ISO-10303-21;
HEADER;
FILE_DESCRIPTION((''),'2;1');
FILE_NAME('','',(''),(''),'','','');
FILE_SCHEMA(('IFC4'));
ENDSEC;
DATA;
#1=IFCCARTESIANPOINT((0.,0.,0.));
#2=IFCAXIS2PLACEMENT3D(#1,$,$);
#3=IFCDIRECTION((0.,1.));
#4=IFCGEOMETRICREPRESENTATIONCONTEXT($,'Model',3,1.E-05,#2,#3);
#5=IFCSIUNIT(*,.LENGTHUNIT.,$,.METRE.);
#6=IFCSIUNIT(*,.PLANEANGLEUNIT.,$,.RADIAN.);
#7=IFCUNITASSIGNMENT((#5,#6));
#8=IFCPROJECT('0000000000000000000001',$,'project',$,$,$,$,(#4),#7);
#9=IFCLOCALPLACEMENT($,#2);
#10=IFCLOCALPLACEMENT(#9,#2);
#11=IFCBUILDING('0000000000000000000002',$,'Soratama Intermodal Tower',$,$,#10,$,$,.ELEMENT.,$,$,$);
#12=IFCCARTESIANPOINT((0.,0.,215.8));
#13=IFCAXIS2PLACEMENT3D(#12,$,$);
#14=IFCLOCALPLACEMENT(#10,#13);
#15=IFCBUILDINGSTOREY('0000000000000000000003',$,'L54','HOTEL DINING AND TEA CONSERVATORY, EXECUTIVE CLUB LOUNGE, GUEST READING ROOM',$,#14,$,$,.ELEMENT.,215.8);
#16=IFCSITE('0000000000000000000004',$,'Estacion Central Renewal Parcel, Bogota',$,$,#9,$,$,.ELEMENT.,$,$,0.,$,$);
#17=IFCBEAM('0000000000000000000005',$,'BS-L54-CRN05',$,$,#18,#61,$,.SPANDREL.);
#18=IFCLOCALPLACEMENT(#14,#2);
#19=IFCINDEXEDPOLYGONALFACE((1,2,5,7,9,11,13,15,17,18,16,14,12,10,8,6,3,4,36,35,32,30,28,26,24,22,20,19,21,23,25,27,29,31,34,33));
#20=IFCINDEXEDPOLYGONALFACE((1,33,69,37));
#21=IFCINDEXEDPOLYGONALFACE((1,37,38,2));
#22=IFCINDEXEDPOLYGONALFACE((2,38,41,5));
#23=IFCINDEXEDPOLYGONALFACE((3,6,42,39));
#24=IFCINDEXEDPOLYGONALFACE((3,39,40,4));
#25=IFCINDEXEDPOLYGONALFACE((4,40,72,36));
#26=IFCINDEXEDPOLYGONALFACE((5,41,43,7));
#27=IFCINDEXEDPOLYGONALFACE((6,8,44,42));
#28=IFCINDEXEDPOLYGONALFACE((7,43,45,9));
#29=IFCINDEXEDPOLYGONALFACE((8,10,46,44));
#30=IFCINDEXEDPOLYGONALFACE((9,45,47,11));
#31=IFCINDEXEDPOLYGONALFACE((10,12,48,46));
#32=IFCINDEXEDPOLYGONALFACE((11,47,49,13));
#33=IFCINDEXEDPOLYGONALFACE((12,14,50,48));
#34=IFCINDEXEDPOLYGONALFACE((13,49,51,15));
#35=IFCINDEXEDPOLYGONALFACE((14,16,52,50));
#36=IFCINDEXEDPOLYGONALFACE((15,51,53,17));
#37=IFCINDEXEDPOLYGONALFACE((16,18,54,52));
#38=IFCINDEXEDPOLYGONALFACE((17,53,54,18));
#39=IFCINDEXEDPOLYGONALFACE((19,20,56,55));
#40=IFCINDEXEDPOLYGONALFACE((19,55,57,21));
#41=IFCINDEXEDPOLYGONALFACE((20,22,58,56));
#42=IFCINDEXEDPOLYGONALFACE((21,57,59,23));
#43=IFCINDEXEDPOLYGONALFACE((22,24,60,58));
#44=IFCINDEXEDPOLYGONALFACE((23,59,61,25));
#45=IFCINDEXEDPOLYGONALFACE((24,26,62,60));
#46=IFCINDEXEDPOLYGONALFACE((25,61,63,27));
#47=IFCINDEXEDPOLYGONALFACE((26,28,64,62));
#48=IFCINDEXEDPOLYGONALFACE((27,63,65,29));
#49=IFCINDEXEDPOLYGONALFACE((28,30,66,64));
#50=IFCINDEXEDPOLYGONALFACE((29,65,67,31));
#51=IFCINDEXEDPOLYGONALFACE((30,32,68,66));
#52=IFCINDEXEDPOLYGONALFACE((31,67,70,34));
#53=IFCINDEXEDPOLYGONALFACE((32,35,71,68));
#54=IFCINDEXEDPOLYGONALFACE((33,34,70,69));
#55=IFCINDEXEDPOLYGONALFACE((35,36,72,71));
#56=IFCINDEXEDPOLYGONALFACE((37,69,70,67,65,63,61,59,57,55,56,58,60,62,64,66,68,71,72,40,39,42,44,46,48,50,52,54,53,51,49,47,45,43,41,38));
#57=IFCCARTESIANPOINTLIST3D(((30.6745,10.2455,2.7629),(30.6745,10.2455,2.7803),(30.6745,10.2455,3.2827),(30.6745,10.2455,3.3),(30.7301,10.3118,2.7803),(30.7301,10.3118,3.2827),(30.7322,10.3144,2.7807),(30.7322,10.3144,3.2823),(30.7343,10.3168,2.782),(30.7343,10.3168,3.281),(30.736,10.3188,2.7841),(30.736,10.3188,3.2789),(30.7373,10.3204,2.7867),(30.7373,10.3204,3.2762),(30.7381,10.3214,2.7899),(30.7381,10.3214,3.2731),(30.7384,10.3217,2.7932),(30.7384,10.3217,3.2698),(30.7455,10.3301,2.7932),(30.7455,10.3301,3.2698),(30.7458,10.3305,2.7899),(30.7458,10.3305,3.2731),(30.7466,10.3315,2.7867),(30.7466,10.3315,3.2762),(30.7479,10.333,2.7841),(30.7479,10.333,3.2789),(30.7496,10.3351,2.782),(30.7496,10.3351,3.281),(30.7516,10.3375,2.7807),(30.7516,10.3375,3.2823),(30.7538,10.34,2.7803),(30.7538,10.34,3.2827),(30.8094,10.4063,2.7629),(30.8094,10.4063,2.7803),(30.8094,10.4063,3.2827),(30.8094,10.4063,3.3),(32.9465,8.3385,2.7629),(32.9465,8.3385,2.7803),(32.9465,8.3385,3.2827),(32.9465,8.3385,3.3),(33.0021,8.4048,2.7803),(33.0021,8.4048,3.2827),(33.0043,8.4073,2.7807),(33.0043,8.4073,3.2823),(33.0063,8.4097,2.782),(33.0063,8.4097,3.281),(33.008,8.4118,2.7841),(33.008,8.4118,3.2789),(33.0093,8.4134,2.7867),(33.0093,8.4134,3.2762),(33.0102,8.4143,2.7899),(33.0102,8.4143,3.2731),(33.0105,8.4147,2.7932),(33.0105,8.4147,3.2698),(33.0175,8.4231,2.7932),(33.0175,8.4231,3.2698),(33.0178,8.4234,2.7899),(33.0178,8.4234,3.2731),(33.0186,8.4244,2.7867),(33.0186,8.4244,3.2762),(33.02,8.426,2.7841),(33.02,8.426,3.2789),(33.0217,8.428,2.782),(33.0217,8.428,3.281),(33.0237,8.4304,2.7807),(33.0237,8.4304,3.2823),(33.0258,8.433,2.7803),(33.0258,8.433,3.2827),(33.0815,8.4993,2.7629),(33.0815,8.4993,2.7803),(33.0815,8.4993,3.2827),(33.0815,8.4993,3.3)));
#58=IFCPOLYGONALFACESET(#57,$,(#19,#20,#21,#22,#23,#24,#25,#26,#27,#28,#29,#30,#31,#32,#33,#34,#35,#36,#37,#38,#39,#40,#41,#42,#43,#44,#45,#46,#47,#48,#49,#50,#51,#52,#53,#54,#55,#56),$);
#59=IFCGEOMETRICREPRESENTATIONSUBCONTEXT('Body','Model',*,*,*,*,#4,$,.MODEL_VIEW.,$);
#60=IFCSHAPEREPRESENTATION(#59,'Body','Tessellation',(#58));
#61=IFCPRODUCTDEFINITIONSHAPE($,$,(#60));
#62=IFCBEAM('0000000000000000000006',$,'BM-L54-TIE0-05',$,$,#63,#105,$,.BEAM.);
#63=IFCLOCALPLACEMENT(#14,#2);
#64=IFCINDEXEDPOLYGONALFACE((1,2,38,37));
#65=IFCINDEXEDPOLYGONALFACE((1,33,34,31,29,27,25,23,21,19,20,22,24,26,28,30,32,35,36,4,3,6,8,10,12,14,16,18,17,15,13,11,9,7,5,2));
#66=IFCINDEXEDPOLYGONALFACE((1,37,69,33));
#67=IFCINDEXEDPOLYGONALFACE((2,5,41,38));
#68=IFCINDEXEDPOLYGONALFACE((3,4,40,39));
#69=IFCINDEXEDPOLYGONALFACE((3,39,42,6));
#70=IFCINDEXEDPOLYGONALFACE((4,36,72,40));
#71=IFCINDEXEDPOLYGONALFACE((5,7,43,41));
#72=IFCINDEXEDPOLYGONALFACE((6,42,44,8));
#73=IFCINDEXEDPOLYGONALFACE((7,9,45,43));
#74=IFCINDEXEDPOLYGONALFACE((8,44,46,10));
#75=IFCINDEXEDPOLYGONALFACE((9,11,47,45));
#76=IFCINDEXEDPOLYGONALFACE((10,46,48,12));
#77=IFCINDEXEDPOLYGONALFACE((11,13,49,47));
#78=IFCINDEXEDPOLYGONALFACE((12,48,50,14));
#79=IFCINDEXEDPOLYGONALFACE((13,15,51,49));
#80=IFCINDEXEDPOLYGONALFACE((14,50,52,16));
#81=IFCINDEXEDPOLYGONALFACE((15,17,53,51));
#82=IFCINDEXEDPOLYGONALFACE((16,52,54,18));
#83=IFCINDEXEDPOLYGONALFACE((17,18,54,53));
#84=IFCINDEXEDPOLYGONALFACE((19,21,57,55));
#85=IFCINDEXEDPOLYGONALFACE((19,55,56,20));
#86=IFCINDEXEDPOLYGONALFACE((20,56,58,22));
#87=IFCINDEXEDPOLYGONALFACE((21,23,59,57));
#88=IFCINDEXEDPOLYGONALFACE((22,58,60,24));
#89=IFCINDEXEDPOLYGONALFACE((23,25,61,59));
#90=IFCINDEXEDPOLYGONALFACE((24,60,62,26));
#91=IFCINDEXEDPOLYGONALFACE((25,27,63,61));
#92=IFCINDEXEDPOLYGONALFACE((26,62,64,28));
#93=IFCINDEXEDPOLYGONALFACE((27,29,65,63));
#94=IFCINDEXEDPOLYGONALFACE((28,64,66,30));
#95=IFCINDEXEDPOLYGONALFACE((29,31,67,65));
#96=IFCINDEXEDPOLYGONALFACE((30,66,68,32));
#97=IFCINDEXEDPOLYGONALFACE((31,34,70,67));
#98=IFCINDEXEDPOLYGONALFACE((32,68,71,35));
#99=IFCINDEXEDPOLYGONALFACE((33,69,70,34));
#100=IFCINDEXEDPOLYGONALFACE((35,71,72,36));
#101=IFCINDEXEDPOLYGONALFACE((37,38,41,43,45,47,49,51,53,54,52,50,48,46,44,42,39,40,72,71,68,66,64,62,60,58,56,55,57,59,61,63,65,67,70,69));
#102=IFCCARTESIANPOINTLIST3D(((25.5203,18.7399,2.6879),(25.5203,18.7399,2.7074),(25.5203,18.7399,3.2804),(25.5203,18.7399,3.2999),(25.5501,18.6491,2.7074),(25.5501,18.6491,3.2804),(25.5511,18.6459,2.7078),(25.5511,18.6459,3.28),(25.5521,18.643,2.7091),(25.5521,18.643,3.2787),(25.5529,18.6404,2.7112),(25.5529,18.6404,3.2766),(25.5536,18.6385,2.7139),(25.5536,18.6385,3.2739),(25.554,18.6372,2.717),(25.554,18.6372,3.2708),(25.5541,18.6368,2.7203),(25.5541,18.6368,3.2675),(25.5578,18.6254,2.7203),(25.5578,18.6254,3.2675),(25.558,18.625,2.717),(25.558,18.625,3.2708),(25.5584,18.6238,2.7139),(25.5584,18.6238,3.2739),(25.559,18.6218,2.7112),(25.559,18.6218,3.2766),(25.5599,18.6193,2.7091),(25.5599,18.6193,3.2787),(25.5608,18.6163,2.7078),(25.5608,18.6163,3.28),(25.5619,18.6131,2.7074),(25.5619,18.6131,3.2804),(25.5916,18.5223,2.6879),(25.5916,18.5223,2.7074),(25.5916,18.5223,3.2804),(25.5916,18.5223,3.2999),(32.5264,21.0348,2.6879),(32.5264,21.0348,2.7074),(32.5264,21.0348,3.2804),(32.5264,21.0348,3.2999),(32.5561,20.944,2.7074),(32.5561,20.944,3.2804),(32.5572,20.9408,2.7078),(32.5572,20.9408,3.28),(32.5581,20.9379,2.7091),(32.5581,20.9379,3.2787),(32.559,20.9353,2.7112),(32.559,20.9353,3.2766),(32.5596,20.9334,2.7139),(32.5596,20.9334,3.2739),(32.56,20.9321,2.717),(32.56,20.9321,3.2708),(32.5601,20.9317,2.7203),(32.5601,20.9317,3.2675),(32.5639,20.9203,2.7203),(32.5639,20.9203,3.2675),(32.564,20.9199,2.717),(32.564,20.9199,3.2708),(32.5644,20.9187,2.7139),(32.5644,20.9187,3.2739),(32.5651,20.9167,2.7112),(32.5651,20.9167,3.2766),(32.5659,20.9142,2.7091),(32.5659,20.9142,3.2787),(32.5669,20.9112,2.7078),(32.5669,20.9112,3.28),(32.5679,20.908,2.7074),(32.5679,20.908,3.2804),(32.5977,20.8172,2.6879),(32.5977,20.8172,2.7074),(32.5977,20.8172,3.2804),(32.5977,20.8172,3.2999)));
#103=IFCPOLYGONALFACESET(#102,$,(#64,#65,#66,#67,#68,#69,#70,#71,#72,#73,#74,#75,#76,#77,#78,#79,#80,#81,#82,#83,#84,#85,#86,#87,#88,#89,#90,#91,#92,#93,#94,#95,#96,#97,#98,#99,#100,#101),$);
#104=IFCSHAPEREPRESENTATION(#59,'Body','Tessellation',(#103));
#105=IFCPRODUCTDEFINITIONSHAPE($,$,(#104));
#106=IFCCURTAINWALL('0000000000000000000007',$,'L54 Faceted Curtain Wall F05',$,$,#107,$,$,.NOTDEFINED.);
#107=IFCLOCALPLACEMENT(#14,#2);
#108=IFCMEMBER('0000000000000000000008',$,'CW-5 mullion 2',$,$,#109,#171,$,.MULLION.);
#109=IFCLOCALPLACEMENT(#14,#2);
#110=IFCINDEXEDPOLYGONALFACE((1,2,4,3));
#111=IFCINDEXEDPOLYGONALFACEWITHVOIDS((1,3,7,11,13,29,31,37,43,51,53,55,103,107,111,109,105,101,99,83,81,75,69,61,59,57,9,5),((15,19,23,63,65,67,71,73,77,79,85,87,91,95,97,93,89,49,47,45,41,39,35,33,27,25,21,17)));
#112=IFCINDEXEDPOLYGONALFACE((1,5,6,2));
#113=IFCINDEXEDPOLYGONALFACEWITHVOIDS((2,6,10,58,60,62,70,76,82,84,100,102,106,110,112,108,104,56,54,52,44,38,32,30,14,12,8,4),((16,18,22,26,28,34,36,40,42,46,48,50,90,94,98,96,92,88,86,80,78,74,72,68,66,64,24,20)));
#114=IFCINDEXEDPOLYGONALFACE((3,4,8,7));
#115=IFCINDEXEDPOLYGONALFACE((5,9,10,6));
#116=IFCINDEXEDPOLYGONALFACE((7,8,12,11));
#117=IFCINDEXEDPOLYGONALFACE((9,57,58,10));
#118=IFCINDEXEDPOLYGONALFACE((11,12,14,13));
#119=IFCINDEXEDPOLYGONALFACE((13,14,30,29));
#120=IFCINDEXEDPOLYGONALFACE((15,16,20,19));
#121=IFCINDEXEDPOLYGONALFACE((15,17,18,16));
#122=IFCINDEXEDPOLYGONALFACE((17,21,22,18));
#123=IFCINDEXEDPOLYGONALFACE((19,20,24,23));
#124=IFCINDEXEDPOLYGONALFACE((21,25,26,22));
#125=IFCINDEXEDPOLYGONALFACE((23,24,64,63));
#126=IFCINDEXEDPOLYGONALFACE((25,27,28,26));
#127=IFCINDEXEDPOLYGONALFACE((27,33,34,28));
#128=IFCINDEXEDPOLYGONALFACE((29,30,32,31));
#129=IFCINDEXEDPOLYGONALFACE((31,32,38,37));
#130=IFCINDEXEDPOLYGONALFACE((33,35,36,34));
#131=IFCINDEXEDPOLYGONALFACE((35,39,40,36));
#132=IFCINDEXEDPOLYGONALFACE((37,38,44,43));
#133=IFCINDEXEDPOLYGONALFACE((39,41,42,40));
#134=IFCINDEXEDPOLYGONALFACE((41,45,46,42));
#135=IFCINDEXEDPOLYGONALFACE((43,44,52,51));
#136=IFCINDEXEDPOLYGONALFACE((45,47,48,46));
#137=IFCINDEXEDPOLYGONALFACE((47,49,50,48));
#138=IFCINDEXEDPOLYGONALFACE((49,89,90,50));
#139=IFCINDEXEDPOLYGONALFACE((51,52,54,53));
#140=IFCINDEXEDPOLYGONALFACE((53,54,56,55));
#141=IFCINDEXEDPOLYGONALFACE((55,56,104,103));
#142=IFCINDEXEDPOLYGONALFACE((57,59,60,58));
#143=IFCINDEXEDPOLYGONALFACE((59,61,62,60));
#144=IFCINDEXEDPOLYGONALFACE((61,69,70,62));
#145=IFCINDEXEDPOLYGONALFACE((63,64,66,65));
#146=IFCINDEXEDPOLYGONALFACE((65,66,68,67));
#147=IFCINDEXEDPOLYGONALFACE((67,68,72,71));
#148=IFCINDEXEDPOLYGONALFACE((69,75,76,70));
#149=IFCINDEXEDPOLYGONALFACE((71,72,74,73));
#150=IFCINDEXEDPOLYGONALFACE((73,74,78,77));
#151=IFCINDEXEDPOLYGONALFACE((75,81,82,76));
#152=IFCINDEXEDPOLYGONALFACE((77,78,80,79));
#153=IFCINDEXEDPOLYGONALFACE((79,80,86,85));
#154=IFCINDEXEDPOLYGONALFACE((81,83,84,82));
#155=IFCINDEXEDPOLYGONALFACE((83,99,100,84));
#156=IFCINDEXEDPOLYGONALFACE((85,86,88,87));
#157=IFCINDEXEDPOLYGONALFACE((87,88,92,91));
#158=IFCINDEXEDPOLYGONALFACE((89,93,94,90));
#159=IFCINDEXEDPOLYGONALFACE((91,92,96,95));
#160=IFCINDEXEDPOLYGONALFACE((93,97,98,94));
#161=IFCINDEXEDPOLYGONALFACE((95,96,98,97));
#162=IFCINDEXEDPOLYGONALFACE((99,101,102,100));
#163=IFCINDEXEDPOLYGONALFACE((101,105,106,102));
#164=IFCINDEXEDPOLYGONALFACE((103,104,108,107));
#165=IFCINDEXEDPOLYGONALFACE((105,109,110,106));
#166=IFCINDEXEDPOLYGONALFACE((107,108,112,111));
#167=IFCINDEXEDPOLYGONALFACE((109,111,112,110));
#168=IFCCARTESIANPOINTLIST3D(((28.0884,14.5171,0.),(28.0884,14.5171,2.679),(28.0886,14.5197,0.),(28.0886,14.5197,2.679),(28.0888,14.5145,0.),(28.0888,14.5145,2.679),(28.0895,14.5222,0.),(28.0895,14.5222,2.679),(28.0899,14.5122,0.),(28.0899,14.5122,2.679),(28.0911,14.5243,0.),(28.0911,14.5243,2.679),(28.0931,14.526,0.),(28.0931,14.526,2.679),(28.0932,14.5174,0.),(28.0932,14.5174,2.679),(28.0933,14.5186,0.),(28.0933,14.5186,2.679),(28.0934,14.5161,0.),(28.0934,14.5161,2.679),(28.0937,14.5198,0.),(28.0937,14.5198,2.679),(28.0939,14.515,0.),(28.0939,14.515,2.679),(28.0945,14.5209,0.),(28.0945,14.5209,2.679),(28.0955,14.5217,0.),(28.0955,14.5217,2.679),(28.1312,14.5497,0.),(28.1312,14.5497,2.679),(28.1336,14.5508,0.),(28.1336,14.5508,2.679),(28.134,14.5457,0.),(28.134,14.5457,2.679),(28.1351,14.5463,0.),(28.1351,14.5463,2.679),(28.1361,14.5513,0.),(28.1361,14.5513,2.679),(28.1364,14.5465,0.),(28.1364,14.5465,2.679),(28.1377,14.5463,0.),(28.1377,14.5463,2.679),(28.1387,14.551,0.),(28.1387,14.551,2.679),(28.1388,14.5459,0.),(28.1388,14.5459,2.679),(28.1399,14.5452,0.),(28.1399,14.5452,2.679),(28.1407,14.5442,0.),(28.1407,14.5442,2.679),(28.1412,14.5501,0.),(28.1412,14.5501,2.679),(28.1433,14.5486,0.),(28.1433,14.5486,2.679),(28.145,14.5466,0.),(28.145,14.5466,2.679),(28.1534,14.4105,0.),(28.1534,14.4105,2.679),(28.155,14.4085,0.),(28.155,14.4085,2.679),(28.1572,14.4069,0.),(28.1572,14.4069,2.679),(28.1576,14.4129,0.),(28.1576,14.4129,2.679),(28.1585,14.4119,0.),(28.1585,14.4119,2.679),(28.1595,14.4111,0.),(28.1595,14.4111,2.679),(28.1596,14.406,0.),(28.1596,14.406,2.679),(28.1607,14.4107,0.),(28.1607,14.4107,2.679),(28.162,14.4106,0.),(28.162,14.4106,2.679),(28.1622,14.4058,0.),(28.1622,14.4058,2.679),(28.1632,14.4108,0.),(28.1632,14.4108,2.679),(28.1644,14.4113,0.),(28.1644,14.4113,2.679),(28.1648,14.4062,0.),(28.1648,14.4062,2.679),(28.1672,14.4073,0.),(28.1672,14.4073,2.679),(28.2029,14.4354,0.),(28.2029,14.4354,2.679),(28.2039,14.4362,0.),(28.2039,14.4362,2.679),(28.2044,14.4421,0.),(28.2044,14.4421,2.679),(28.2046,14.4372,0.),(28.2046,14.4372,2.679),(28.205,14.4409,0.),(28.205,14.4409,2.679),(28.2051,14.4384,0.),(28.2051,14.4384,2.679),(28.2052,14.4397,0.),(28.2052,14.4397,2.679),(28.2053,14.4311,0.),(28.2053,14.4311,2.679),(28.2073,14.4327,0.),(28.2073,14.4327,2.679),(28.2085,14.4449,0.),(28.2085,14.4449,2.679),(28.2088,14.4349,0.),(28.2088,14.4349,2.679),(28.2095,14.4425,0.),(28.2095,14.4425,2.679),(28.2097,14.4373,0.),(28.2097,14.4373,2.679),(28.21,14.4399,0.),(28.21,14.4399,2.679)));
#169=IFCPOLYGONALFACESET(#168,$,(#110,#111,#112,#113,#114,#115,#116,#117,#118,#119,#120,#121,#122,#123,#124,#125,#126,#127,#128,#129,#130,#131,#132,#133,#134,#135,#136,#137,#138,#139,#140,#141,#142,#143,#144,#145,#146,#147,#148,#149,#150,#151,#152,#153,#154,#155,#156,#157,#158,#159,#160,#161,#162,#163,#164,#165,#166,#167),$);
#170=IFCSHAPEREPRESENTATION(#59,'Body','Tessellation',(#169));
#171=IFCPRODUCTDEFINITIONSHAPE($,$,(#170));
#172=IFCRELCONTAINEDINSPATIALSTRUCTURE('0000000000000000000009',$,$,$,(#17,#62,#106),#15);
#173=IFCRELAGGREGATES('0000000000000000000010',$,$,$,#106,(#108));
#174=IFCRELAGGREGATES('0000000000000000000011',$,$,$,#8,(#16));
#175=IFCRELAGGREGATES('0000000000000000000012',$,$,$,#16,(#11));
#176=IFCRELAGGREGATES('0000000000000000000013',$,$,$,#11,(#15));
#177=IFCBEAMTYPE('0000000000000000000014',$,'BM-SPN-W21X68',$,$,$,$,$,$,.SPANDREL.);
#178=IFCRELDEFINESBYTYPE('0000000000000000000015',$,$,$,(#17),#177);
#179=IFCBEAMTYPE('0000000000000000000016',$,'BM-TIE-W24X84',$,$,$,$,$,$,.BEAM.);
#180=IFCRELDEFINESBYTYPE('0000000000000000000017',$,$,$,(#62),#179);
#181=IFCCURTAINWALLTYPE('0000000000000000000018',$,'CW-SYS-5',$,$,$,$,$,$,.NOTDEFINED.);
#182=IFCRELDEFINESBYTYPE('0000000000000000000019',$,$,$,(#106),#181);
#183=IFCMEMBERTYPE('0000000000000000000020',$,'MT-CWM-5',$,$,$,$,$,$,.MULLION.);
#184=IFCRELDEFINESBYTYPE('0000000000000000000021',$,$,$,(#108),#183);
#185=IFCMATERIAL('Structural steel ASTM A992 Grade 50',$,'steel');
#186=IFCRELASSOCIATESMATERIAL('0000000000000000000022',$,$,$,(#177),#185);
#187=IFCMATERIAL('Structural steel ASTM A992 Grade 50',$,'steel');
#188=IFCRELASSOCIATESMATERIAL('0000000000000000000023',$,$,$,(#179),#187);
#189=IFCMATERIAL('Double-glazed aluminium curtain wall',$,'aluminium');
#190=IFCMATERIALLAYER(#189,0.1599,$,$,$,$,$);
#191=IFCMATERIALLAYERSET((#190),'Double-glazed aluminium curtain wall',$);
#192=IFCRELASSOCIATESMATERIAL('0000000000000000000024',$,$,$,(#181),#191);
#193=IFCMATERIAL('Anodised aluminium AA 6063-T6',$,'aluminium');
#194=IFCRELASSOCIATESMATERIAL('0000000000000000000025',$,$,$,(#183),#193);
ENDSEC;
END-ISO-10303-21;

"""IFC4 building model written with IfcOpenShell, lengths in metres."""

from ifc_helpers import new_model, si_unit, direction, frame, origin, origin_2d, place, context, subcontext, project, spatial, hollow_rectangle, i_section, extrude, material, layer, layer_set, material_profile, profile_set, type_object, element, aggregate, save


model = new_model("IFC4")

# Units and contexts
model_context = context("Model", 3, precision=1e-05, world=origin(), true_north=direction((0.0, 1.0)))
body_context = subcontext(model_context, "Body", "Model", "MODEL_VIEW")
ifc_project = project(units=[si_unit("LENGTHUNIT", "METRE"), si_unit("PLANEANGLEUNIT", "RADIAN")], contexts=[model_context])

# Site, building, storey
site_placement = place(None, origin())
site = spatial("IfcSite", under=ifc_project, at=site_placement, Name="Estacion Central Renewal Parcel, Bogota", CompositionType="ELEMENT", RefElevation=0.0)
building_placement = place(site_placement, origin())
building = spatial("IfcBuilding", under=site, at=building_placement, Name="Soratama Intermodal Tower", CompositionType="ELEMENT")
storey_placement = place(building_placement, frame((0.0, 0.0, 215.8)))
storey = spatial("IfcBuildingStorey", under=building, at=storey_placement, Name="L54", Description="HOTEL DINING AND TEA CONSERVATORY, EXECUTIVE CLUB LOUNGE, GUEST READING ROOM", CompositionType="ELEMENT", Elevation=215.8)

# Beams
ifc_material_1 = material(Name="Structural steel ASTM A992 Grade 50", Category="steel")
ifc_material_profile_1 = material_profile(ifc_material_1, i_section(OverallWidth=0.21, OverallDepth=0.5371, WebThickness=0.011, FlangeThickness=0.0173, FilletRadius=0.0129, at=origin_2d()), Name="W21X68")
ifc_profile_set_1 = profile_set([ifc_material_profile_1], Name="Structural steel ASTM A992 Grade 50")
beam_type_1 = type_object("IfcBeamType", Name="BM-SPN-W21X68", PredefinedType="SPANDREL", material=ifc_profile_set_1)
beam_1_placement = place(storey_placement, frame((30.7419, 10.3259, 3.0315), z_axis=(0.76595, -0.642901, 0.0), x_axis=(0.642901, 0.76595, 0.0)))
element("IfcBeam", 1, at=beam_1_placement, inside=storey, type_object=beam_type_1, Name="BS-L54-CRN05", PredefinedType="SPANDREL", context=body_context, shape_type="SweptSolid", body=[
    extrude(i_section(OverallWidth=0.21, OverallDepth=0.5371, WebThickness=0.011, FlangeThickness=0.0173, FilletRadius=0.0129, at=origin_2d()), origin(), (0.0, 0.0, 1.0), 2.9663),
])
ifc_material_2 = material(Name="Structural steel ASTM A992 Grade 50", Category="steel")
ifc_material_profile_2 = material_profile(ifc_material_2, i_section(OverallWidth=0.229, OverallDepth=0.6121, WebThickness=0.012, FlangeThickness=0.0195, FilletRadius=0.0129, at=origin_2d()), Name="W24X84")
ifc_profile_set_2 = profile_set([ifc_material_profile_2], Name="Structural steel ASTM A992 Grade 50")
beam_type_2 = type_object("IfcBeamType", Name="BM-TIE-W24X84", PredefinedType="BEAM", material=ifc_profile_set_2)
beam_2_placement = place(storey_placement, frame((32.562, 20.926, 2.9939), z_axis=(-0.950316, -0.311286, 0.0), x_axis=(0.311286, -0.950316, 0.0)))
element("IfcBeam", 2, at=beam_2_placement, inside=storey, type_object=beam_type_2, Name="BM-L54-TIE0-05", PredefinedType="BEAM", context=body_context, shape_type="SweptSolid", body=[
    extrude(i_section(OverallWidth=0.229, OverallDepth=0.6121, WebThickness=0.012, FlangeThickness=0.0195, FilletRadius=0.0129, at=origin_2d()), origin(), (0.0, 0.0, 1.0), 7.3723),
])

# Curtain wall, member
ifc_material_3 = material(Name="Double-glazed aluminium curtain wall", Category="aluminium")
ifc_layer_1 = layer(ifc_material_3, 0.1599)
ifc_layer_set_1 = layer_set([ifc_layer_1], Name="Double-glazed aluminium curtain wall")
curtain_wall_type = type_object("IfcCurtainWallType", Name="CW-SYS-5", PredefinedType="NOTDEFINED", material=ifc_layer_set_1)
curtain_wall_placement = place(storey_placement, origin())
curtain_wall = element("IfcCurtainWall", 3, at=curtain_wall_placement, inside=storey, type_object=curtain_wall_type, Name="L54 Faceted Curtain Wall F05", PredefinedType="NOTDEFINED")
ifc_material_4 = material(Name="Anodised aluminium AA 6063-T6", Category="aluminium")
ifc_material_profile_3 = material_profile(ifc_material_4, hollow_rectangle(XDim=0.0649, YDim=0.1399, WallThickness=0.0049, InnerFilletRadius=0.0049, OuterFilletRadius=0.01, at=origin_2d()), Name="CWM140X65X5")
ifc_profile_set_3 = profile_set([ifc_material_profile_3], Name="Anodised aluminium AA 6063-T6")
member_type_1 = type_object("IfcMemberType", Name="MT-CWM-5", PredefinedType="MULLION", material=ifc_profile_set_3)
member_1_placement = place(storey_placement, frame((28.1492, 14.4785, 0.0), z_axis=(0.0, 0.0, 1.0), x_axis=(0.848231, 0.529626, 0.0)))
member_1 = element("IfcMember", 4, at=member_1_placement, type_object=member_type_1, Name="CW-5 mullion 2", PredefinedType="MULLION", context=body_context, shape_type="SweptSolid", body=[
    extrude(hollow_rectangle(XDim=0.0649, YDim=0.1399, WallThickness=0.0049, InnerFilletRadius=0.0049, OuterFilletRadius=0.01, at=origin_2d()), origin(), (0.0, 0.0, 1.0), 2.679),
])
aggregate(curtain_wall, [member_1])

save(model, "model.ifc")
